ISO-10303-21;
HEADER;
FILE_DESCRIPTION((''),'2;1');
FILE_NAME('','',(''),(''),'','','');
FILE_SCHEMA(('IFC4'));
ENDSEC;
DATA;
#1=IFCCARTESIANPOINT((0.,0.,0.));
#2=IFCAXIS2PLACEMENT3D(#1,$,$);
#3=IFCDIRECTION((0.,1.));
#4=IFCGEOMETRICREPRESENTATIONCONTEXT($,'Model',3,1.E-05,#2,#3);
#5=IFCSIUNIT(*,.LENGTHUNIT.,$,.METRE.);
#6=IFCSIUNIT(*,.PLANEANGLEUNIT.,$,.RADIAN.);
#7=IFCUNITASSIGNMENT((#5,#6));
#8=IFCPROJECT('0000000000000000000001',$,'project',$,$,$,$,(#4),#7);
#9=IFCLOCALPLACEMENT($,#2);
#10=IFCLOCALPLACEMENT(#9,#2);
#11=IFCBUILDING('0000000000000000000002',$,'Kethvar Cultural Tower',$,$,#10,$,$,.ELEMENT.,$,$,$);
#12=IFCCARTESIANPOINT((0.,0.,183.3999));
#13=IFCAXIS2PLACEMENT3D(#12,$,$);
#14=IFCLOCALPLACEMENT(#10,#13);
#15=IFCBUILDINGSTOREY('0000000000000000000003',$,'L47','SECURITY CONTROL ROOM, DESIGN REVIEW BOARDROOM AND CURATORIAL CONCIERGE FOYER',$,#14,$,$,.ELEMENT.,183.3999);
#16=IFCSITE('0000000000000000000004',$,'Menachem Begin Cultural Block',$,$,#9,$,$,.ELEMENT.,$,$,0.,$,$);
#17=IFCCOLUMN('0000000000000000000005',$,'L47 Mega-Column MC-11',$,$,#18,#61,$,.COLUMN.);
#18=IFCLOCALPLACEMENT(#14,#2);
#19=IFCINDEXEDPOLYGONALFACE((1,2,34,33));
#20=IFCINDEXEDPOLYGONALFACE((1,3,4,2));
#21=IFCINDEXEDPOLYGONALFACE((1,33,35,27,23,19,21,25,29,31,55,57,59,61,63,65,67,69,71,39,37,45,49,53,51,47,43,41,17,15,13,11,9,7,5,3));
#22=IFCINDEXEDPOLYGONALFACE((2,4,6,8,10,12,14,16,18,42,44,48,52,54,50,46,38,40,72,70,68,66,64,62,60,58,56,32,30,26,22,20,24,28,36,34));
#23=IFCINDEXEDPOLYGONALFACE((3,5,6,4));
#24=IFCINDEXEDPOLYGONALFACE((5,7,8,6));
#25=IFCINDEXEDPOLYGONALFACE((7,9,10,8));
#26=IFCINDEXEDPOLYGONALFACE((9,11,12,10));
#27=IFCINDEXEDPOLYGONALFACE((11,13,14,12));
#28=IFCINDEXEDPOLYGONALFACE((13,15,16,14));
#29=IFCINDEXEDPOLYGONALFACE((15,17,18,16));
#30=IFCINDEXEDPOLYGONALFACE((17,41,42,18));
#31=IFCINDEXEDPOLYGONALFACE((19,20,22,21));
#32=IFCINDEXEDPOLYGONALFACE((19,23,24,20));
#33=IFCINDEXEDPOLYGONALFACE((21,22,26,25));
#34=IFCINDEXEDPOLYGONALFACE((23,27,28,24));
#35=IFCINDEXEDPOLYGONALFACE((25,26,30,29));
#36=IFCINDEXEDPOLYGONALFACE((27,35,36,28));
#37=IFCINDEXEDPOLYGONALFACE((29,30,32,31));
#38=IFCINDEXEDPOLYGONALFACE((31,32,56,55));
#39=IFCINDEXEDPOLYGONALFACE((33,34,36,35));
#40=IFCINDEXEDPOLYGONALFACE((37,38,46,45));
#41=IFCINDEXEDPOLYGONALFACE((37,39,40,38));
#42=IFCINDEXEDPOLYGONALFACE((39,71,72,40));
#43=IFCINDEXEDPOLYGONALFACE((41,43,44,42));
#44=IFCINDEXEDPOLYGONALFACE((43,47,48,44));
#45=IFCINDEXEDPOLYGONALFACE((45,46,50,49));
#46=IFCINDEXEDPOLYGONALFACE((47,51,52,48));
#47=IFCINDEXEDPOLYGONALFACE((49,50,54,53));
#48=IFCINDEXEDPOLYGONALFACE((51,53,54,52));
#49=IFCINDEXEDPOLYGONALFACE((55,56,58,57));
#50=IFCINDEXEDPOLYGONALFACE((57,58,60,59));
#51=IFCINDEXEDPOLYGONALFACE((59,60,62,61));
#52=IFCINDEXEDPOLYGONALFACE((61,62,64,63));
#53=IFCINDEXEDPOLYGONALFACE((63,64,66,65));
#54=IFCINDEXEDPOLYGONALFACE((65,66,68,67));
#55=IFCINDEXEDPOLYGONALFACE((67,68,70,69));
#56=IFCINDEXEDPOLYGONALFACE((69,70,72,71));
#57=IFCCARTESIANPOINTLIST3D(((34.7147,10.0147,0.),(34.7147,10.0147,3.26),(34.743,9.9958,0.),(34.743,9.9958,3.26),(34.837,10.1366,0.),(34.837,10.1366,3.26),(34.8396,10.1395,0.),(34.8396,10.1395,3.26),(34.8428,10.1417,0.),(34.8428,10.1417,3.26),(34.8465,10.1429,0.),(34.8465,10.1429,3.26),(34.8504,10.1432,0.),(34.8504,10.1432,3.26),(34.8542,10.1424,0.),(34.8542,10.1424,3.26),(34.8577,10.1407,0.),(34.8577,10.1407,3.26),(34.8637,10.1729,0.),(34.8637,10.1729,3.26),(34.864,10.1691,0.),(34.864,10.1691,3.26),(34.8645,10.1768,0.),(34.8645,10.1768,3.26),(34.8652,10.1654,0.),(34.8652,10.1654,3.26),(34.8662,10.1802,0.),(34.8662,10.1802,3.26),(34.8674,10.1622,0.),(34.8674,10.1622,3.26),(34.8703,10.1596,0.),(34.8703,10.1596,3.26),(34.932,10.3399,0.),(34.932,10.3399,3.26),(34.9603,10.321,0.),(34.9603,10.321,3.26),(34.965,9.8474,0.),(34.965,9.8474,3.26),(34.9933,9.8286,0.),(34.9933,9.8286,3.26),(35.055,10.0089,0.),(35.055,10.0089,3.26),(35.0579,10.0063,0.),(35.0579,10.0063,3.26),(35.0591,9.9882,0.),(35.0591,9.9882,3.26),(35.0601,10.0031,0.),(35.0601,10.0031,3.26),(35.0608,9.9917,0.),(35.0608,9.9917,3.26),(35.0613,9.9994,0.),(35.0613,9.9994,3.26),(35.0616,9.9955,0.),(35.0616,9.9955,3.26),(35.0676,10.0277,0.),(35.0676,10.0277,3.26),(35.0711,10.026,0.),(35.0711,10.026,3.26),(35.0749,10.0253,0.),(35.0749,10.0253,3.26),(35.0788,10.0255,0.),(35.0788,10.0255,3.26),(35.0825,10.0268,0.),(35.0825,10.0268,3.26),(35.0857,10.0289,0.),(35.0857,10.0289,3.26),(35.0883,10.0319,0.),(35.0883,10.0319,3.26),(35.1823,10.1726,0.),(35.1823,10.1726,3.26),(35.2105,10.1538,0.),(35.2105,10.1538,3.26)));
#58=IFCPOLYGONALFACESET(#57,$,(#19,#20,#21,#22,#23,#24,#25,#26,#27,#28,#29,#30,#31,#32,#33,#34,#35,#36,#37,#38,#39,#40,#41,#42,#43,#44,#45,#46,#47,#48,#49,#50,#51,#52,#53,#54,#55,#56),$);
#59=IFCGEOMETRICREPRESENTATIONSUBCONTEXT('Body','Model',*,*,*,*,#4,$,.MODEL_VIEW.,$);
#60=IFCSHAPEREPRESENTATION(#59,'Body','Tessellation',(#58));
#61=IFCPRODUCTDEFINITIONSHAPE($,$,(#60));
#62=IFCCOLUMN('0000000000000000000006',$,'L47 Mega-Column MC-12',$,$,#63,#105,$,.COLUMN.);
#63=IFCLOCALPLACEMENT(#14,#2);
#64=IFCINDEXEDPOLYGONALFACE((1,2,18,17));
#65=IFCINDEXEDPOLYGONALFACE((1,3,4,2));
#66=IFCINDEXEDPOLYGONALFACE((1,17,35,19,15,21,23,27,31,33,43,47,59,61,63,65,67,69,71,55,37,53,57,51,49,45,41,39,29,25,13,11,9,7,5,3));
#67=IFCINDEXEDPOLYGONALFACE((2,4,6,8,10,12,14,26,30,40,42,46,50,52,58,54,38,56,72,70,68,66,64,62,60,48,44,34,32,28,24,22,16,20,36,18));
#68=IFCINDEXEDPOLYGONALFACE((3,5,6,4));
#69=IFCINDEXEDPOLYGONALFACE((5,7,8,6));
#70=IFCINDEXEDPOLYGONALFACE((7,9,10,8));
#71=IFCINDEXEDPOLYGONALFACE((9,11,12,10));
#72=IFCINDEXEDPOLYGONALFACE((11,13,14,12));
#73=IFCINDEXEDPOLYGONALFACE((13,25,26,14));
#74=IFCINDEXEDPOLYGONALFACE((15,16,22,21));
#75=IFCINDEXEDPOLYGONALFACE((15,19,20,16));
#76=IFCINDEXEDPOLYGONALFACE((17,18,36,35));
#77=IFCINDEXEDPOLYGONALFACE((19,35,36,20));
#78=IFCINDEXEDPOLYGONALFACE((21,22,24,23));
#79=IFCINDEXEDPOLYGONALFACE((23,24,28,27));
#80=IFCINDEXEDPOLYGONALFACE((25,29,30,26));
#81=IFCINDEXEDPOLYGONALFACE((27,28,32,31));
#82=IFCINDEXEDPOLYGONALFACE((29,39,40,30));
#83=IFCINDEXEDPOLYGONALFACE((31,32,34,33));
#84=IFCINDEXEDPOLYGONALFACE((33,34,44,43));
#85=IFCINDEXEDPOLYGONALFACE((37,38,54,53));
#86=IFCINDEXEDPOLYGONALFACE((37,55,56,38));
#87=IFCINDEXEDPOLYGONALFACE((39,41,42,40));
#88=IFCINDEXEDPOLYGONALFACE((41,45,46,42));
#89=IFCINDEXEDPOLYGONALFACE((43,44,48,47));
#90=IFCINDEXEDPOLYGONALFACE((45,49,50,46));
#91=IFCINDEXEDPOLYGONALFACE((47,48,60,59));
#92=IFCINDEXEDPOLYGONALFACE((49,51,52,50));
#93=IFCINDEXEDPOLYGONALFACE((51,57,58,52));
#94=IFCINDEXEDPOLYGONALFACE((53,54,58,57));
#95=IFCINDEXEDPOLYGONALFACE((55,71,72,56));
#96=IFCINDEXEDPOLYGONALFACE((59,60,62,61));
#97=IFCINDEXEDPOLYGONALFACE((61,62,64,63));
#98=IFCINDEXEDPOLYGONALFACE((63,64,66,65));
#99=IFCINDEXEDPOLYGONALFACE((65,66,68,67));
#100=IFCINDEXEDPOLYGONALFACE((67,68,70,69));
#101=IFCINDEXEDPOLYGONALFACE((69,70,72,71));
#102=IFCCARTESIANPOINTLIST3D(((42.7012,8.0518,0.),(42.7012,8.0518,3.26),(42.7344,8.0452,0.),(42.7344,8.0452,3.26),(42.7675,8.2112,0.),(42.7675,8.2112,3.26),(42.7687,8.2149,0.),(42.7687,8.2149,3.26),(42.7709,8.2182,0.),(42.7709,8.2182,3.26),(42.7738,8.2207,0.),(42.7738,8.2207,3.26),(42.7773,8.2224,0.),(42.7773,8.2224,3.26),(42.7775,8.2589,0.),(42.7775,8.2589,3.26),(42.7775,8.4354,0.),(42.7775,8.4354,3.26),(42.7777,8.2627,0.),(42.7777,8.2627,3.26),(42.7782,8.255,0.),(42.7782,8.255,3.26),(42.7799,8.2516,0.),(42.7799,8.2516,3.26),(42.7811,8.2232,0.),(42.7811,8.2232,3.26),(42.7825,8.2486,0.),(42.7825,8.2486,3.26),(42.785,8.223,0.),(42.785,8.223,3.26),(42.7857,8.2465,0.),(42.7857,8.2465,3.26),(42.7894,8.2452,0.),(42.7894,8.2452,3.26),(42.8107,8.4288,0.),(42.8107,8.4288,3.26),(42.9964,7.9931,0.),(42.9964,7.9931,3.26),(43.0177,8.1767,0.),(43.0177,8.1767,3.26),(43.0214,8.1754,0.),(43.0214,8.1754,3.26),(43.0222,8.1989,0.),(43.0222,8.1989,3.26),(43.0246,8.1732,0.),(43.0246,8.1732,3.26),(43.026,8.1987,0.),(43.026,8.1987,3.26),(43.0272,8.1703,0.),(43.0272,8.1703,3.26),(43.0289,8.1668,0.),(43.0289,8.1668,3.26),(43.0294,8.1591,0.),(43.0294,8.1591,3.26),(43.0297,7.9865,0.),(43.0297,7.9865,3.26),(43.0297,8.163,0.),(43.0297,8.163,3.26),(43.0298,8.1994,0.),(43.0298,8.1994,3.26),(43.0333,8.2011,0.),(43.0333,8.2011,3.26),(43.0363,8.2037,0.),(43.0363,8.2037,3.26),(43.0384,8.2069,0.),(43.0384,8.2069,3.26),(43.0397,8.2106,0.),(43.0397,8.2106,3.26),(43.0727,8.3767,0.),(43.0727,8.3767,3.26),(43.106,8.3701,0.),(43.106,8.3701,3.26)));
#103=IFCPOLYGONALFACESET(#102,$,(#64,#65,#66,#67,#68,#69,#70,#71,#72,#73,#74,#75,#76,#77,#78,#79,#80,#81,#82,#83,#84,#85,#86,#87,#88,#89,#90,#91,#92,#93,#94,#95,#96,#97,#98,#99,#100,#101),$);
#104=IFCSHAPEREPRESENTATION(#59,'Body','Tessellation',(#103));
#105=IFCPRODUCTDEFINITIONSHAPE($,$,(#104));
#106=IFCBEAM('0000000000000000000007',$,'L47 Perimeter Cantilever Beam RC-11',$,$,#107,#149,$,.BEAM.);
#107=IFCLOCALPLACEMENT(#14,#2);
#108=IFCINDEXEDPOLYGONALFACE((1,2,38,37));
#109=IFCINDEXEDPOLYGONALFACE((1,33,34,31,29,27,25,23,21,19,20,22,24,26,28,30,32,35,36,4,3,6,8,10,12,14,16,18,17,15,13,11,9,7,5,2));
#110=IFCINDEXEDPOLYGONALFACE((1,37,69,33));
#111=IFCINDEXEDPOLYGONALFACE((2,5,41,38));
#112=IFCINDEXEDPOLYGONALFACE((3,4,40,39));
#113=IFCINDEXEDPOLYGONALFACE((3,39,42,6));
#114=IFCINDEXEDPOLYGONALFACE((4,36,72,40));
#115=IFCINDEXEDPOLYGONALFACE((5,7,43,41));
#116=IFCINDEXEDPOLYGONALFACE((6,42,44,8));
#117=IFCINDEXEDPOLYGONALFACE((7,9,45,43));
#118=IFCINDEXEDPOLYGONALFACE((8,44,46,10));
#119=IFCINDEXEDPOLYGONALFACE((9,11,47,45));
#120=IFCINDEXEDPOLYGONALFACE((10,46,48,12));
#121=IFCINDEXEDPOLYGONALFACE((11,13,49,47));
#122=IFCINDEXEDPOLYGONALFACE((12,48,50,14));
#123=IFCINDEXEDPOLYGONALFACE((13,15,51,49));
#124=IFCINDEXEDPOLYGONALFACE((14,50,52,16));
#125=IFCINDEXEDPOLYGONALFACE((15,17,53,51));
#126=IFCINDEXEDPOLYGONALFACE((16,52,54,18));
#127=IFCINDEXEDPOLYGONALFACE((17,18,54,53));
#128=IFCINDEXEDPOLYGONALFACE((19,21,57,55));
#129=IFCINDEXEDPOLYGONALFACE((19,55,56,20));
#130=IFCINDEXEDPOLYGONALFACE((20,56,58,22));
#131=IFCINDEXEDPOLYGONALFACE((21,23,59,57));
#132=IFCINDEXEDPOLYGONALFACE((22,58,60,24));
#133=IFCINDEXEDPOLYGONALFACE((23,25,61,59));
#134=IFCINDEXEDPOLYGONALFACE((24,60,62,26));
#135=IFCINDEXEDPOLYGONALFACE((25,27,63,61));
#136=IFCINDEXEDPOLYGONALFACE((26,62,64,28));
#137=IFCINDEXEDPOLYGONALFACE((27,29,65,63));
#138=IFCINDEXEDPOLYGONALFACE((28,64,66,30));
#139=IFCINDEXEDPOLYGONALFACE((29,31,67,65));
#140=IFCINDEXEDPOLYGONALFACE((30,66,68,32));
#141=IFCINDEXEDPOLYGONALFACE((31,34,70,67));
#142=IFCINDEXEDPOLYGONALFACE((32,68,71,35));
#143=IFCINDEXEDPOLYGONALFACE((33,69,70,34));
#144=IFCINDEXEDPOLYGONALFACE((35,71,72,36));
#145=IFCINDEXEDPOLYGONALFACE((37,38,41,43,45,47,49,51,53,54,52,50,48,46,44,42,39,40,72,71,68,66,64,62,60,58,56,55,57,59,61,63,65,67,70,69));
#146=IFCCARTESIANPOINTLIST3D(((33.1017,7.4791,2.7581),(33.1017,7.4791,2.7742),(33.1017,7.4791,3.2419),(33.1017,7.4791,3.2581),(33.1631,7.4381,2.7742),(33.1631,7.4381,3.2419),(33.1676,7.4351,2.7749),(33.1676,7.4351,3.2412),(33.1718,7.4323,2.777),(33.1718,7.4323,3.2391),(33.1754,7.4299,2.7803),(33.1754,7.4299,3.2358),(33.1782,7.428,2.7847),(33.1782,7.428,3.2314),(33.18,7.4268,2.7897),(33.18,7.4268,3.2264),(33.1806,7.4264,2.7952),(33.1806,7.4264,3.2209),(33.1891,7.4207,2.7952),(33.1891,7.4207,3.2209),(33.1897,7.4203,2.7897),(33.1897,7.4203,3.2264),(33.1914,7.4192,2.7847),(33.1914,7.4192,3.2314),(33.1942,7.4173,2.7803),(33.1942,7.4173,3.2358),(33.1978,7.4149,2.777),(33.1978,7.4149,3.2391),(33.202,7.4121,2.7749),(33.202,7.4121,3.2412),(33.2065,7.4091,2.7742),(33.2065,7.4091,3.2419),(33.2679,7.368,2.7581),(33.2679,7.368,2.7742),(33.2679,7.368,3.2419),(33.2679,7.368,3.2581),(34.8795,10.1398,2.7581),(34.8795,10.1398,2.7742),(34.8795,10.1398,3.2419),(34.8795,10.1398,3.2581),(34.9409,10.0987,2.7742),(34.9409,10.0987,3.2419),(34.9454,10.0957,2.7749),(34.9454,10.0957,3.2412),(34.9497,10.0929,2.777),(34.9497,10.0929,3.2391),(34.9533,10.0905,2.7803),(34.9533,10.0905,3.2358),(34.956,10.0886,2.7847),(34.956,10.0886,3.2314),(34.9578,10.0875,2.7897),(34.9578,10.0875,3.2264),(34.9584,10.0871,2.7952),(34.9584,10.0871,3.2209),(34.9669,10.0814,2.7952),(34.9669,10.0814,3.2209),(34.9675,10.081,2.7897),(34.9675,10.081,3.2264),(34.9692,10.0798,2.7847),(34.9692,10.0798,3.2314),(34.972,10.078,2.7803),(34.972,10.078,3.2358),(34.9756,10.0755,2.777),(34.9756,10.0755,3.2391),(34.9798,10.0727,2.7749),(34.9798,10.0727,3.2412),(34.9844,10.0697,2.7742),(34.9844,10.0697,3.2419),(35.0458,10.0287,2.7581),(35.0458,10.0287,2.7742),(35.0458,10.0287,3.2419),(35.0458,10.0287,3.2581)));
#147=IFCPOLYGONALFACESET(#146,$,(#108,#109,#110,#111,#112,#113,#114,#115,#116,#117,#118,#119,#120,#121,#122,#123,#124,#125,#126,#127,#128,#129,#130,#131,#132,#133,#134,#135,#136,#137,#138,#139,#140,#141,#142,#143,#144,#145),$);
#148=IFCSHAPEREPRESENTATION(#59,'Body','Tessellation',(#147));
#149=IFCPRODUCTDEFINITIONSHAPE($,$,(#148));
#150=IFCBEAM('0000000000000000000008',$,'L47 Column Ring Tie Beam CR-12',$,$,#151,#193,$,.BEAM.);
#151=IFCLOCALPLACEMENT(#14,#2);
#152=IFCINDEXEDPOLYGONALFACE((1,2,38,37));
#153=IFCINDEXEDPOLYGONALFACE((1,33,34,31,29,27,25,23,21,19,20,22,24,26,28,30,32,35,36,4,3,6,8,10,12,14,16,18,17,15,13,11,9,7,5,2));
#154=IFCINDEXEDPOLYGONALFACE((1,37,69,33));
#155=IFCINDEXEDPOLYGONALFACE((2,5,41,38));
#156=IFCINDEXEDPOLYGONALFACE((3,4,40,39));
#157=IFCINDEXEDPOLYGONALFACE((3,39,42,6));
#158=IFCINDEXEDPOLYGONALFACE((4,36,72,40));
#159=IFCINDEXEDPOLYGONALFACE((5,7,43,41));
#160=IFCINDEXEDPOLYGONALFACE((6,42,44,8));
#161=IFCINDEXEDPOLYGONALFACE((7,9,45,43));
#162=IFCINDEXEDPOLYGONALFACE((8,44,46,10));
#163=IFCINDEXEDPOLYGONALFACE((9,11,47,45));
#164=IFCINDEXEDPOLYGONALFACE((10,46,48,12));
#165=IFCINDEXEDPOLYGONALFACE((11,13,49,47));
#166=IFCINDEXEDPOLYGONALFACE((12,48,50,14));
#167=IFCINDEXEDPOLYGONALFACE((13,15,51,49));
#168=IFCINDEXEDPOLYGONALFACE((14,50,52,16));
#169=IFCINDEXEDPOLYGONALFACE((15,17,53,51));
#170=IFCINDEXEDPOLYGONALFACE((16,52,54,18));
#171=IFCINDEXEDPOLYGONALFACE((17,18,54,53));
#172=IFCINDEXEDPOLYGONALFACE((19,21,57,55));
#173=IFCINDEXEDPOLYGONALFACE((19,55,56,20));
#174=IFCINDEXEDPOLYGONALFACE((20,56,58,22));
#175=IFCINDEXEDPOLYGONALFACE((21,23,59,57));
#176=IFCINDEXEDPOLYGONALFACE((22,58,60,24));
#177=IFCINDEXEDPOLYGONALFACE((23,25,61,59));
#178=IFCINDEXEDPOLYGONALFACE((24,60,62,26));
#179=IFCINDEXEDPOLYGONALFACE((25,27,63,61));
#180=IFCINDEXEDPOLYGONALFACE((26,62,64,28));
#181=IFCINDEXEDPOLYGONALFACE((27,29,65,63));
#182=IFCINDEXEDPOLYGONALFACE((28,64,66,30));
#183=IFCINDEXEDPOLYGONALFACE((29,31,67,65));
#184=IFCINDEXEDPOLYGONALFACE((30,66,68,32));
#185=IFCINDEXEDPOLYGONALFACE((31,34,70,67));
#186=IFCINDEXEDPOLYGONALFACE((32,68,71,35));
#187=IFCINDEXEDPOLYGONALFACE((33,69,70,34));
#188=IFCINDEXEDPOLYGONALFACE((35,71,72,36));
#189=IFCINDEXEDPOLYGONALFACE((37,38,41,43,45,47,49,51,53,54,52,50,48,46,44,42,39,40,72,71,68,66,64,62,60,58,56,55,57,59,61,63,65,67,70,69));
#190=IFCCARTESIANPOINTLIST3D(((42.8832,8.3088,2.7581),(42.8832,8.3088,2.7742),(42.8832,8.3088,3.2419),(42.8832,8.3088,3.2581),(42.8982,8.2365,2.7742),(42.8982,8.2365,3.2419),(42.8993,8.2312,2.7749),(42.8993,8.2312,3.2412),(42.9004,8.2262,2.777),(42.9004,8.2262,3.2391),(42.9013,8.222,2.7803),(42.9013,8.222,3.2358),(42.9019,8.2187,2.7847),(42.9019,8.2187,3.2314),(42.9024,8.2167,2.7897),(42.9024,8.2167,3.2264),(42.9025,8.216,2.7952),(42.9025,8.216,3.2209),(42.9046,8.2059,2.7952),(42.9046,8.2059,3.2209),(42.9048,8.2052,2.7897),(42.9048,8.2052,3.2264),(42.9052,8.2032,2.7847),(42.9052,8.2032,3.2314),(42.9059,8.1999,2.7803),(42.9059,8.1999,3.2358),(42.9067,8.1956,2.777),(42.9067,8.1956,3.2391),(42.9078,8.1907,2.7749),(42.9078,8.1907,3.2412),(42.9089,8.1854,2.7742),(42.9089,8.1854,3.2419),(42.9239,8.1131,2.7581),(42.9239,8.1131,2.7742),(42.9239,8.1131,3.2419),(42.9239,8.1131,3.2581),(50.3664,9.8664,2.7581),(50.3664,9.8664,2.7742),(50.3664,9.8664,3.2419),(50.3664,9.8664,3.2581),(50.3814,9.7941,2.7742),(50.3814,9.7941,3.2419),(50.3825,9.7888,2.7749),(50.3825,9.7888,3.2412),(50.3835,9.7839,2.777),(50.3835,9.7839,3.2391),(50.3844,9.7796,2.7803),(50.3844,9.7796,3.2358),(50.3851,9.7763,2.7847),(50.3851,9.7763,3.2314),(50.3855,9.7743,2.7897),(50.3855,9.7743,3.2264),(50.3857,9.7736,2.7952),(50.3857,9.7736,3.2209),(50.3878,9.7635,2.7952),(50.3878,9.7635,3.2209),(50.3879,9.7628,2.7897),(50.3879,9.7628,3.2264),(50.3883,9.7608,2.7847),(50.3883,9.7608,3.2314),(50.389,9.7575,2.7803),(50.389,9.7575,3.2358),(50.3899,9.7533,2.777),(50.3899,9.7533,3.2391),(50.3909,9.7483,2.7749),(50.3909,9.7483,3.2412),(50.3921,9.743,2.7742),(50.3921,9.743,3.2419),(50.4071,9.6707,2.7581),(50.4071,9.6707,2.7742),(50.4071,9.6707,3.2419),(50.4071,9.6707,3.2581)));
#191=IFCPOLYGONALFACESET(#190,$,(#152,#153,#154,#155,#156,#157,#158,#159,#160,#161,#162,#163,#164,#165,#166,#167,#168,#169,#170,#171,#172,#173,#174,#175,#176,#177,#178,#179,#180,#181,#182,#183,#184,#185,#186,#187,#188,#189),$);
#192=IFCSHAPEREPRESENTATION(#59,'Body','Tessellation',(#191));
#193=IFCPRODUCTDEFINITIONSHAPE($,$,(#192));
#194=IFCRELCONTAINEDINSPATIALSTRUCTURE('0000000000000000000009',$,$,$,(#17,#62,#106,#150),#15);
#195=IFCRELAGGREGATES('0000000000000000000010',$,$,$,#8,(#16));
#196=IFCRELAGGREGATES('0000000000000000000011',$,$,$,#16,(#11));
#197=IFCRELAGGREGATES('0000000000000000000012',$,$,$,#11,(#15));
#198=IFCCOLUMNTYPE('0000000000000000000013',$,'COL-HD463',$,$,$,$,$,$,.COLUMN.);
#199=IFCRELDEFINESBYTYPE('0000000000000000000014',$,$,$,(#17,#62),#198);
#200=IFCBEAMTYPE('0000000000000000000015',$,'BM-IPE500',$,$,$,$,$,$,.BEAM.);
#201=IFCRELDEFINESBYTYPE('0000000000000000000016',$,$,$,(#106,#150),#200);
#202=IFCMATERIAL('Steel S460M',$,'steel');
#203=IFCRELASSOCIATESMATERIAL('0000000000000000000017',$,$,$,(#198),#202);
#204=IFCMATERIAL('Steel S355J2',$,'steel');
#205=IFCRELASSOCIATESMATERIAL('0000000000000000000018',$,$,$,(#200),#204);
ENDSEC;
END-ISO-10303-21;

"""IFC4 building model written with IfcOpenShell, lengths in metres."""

from ifc_helpers import new_model, si_unit, direction, frame, origin, origin_2d, place, context, subcontext, project, spatial, i_section, extrude, source, transform, mapped, material, material_profile, profile_set, type_object, element, save


model = new_model("IFC4")

# Units and contexts
model_context = context("Model", 3, precision=1e-05, world=origin(), true_north=direction((0.0, 1.0)))
body_context = subcontext(model_context, "Body", "Model", "MODEL_VIEW")
ifc_project = project(units=[si_unit("LENGTHUNIT", "METRE"), si_unit("PLANEANGLEUNIT", "RADIAN")], contexts=[model_context])

# Site, building, storey
site_placement = place(None, origin())
site = spatial("IfcSite", under=ifc_project, at=site_placement, Name="Menachem Begin Cultural Block", CompositionType="ELEMENT", RefElevation=0.0)
building_placement = place(site_placement, origin())
building = spatial("IfcBuilding", under=site, at=building_placement, Name="Kethvar Cultural Tower", CompositionType="ELEMENT")
storey_placement = place(building_placement, frame((0.0, 0.0, 183.3999)))
storey = spatial("IfcBuildingStorey", under=building, at=storey_placement, Name="L47", Description="SECURITY CONTROL ROOM, DESIGN REVIEW BOARDROOM AND CURATORIAL CONCIERGE FOYER", CompositionType="ELEMENT", Elevation=183.3999)

# Columns
ifc_material_1 = material(Name="Steel S460M", Category="steel")
ifc_material_profile_1 = material_profile(ifc_material_1, i_section(OverallWidth=0.3911, OverallDepth=0.335, WebThickness=0.0227, FlangeThickness=0.0339, FilletRadius=0.0149, at=origin_2d()), Name="Steel S460M — HD400x463")
ifc_profile_set_1 = profile_set([ifc_material_profile_1], Name="Steel S460M — HD400x463")
column_type = type_object("IfcColumnType", Name="COL-HD463", PredefinedType="COLUMN", material=ifc_profile_set_1)
shared_shape_1 = source(origin(), body_context, "Body", "SweptSolid", [
    extrude(i_section(OverallWidth=0.3911, OverallDepth=0.335, WebThickness=0.0227, FlangeThickness=0.0339, FilletRadius=0.0149, at=origin_2d()), origin(), (0.0, 0.0, 1.0), 3.26),
])
for number, where, z_axis, x_axis, name in (
    (1, (34.9626, 10.0842, 0.0), (0.0, 0.0, 1.0), (-0.55557, -0.83147, 0.0), "L47 Mega-Column MC-11"),
    (2, (42.9036, 8.2109, 0.0), (0.0, 0.0, 1.0), (-0.19509, -0.980785, 0.0), "L47 Mega-Column MC-12"),
):
    element("IfcColumn", number, at=place(storey_placement, frame(where, z_axis=z_axis, x_axis=x_axis)), inside=storey, type_object=column_type, Name=name, PredefinedType="COLUMN", context=body_context, shape_type="MappedRepresentation", body=[
        mapped(shared_shape_1, transform((0.0, 0.0, 0.0), scale=1.0)),
    ])

# Beams
ifc_material_2 = material(Name="Steel S355J2", Category="steel")
ifc_material_profile_2 = material_profile(ifc_material_2, i_section(OverallWidth=0.2, OverallDepth=0.5, WebThickness=0.0103, FlangeThickness=0.0161, FilletRadius=0.021, at=origin_2d()), Name="Steel S355J2 — IPE500")
ifc_profile_set_2 = profile_set([ifc_material_profile_2], Name="Steel S355J2 — IPE500")
beam_type_1 = type_object("IfcBeamType", Name="BM-IPE500", PredefinedType="BEAM", material=ifc_profile_set_2)
shared_shape_2 = source(origin(), body_context, "Body", "SweptSolid", [
    extrude(i_section(OverallWidth=0.2, OverallDepth=0.5, WebThickness=0.0103, FlangeThickness=0.0161, FilletRadius=0.021, at=origin_2d()), origin(), (0.0, 0.0, 1.0), 3.2),
])
beam_1_placement = place(storey_placement, frame((34.9626, 10.0842, 3.0081), z_axis=(-0.55558, -0.831463, 0.0), x_axis=(0.831463, -0.55558, 0.0)))
element("IfcBeam", 3, at=beam_1_placement, inside=storey, type_object=beam_type_1, Name="L47 Perimeter Cantilever Beam RC-11", PredefinedType="BEAM", context=body_context, shape_type="MappedRepresentation", body=[
    mapped(shared_shape_2, transform((0.0, 0.0, 0.0), scale=1.0)),
])
shared_shape_3 = source(origin(), body_context, "Body", "SweptSolid", [
    extrude(i_section(OverallWidth=0.2, OverallDepth=0.5, WebThickness=0.0103, FlangeThickness=0.0161, FilletRadius=0.021, at=origin_2d()), origin(), (0.0, 0.0, 1.0), 7.6436),
])
beam_2_placement = place(storey_placement, frame((42.9036, 8.2109, 3.0081), z_axis=(0.979016, 0.203782, 0.0), x_axis=(-0.203782, 0.979016, 0.0)))
element("IfcBeam", 4, at=beam_2_placement, inside=storey, type_object=beam_type_1, Name="L47 Column Ring Tie Beam CR-12", PredefinedType="BEAM", context=body_context, shape_type="MappedRepresentation", body=[
    mapped(shared_shape_3, transform((0.0, 0.0, 0.0), scale=1.0)),
])

save(model, "model.ifc")
